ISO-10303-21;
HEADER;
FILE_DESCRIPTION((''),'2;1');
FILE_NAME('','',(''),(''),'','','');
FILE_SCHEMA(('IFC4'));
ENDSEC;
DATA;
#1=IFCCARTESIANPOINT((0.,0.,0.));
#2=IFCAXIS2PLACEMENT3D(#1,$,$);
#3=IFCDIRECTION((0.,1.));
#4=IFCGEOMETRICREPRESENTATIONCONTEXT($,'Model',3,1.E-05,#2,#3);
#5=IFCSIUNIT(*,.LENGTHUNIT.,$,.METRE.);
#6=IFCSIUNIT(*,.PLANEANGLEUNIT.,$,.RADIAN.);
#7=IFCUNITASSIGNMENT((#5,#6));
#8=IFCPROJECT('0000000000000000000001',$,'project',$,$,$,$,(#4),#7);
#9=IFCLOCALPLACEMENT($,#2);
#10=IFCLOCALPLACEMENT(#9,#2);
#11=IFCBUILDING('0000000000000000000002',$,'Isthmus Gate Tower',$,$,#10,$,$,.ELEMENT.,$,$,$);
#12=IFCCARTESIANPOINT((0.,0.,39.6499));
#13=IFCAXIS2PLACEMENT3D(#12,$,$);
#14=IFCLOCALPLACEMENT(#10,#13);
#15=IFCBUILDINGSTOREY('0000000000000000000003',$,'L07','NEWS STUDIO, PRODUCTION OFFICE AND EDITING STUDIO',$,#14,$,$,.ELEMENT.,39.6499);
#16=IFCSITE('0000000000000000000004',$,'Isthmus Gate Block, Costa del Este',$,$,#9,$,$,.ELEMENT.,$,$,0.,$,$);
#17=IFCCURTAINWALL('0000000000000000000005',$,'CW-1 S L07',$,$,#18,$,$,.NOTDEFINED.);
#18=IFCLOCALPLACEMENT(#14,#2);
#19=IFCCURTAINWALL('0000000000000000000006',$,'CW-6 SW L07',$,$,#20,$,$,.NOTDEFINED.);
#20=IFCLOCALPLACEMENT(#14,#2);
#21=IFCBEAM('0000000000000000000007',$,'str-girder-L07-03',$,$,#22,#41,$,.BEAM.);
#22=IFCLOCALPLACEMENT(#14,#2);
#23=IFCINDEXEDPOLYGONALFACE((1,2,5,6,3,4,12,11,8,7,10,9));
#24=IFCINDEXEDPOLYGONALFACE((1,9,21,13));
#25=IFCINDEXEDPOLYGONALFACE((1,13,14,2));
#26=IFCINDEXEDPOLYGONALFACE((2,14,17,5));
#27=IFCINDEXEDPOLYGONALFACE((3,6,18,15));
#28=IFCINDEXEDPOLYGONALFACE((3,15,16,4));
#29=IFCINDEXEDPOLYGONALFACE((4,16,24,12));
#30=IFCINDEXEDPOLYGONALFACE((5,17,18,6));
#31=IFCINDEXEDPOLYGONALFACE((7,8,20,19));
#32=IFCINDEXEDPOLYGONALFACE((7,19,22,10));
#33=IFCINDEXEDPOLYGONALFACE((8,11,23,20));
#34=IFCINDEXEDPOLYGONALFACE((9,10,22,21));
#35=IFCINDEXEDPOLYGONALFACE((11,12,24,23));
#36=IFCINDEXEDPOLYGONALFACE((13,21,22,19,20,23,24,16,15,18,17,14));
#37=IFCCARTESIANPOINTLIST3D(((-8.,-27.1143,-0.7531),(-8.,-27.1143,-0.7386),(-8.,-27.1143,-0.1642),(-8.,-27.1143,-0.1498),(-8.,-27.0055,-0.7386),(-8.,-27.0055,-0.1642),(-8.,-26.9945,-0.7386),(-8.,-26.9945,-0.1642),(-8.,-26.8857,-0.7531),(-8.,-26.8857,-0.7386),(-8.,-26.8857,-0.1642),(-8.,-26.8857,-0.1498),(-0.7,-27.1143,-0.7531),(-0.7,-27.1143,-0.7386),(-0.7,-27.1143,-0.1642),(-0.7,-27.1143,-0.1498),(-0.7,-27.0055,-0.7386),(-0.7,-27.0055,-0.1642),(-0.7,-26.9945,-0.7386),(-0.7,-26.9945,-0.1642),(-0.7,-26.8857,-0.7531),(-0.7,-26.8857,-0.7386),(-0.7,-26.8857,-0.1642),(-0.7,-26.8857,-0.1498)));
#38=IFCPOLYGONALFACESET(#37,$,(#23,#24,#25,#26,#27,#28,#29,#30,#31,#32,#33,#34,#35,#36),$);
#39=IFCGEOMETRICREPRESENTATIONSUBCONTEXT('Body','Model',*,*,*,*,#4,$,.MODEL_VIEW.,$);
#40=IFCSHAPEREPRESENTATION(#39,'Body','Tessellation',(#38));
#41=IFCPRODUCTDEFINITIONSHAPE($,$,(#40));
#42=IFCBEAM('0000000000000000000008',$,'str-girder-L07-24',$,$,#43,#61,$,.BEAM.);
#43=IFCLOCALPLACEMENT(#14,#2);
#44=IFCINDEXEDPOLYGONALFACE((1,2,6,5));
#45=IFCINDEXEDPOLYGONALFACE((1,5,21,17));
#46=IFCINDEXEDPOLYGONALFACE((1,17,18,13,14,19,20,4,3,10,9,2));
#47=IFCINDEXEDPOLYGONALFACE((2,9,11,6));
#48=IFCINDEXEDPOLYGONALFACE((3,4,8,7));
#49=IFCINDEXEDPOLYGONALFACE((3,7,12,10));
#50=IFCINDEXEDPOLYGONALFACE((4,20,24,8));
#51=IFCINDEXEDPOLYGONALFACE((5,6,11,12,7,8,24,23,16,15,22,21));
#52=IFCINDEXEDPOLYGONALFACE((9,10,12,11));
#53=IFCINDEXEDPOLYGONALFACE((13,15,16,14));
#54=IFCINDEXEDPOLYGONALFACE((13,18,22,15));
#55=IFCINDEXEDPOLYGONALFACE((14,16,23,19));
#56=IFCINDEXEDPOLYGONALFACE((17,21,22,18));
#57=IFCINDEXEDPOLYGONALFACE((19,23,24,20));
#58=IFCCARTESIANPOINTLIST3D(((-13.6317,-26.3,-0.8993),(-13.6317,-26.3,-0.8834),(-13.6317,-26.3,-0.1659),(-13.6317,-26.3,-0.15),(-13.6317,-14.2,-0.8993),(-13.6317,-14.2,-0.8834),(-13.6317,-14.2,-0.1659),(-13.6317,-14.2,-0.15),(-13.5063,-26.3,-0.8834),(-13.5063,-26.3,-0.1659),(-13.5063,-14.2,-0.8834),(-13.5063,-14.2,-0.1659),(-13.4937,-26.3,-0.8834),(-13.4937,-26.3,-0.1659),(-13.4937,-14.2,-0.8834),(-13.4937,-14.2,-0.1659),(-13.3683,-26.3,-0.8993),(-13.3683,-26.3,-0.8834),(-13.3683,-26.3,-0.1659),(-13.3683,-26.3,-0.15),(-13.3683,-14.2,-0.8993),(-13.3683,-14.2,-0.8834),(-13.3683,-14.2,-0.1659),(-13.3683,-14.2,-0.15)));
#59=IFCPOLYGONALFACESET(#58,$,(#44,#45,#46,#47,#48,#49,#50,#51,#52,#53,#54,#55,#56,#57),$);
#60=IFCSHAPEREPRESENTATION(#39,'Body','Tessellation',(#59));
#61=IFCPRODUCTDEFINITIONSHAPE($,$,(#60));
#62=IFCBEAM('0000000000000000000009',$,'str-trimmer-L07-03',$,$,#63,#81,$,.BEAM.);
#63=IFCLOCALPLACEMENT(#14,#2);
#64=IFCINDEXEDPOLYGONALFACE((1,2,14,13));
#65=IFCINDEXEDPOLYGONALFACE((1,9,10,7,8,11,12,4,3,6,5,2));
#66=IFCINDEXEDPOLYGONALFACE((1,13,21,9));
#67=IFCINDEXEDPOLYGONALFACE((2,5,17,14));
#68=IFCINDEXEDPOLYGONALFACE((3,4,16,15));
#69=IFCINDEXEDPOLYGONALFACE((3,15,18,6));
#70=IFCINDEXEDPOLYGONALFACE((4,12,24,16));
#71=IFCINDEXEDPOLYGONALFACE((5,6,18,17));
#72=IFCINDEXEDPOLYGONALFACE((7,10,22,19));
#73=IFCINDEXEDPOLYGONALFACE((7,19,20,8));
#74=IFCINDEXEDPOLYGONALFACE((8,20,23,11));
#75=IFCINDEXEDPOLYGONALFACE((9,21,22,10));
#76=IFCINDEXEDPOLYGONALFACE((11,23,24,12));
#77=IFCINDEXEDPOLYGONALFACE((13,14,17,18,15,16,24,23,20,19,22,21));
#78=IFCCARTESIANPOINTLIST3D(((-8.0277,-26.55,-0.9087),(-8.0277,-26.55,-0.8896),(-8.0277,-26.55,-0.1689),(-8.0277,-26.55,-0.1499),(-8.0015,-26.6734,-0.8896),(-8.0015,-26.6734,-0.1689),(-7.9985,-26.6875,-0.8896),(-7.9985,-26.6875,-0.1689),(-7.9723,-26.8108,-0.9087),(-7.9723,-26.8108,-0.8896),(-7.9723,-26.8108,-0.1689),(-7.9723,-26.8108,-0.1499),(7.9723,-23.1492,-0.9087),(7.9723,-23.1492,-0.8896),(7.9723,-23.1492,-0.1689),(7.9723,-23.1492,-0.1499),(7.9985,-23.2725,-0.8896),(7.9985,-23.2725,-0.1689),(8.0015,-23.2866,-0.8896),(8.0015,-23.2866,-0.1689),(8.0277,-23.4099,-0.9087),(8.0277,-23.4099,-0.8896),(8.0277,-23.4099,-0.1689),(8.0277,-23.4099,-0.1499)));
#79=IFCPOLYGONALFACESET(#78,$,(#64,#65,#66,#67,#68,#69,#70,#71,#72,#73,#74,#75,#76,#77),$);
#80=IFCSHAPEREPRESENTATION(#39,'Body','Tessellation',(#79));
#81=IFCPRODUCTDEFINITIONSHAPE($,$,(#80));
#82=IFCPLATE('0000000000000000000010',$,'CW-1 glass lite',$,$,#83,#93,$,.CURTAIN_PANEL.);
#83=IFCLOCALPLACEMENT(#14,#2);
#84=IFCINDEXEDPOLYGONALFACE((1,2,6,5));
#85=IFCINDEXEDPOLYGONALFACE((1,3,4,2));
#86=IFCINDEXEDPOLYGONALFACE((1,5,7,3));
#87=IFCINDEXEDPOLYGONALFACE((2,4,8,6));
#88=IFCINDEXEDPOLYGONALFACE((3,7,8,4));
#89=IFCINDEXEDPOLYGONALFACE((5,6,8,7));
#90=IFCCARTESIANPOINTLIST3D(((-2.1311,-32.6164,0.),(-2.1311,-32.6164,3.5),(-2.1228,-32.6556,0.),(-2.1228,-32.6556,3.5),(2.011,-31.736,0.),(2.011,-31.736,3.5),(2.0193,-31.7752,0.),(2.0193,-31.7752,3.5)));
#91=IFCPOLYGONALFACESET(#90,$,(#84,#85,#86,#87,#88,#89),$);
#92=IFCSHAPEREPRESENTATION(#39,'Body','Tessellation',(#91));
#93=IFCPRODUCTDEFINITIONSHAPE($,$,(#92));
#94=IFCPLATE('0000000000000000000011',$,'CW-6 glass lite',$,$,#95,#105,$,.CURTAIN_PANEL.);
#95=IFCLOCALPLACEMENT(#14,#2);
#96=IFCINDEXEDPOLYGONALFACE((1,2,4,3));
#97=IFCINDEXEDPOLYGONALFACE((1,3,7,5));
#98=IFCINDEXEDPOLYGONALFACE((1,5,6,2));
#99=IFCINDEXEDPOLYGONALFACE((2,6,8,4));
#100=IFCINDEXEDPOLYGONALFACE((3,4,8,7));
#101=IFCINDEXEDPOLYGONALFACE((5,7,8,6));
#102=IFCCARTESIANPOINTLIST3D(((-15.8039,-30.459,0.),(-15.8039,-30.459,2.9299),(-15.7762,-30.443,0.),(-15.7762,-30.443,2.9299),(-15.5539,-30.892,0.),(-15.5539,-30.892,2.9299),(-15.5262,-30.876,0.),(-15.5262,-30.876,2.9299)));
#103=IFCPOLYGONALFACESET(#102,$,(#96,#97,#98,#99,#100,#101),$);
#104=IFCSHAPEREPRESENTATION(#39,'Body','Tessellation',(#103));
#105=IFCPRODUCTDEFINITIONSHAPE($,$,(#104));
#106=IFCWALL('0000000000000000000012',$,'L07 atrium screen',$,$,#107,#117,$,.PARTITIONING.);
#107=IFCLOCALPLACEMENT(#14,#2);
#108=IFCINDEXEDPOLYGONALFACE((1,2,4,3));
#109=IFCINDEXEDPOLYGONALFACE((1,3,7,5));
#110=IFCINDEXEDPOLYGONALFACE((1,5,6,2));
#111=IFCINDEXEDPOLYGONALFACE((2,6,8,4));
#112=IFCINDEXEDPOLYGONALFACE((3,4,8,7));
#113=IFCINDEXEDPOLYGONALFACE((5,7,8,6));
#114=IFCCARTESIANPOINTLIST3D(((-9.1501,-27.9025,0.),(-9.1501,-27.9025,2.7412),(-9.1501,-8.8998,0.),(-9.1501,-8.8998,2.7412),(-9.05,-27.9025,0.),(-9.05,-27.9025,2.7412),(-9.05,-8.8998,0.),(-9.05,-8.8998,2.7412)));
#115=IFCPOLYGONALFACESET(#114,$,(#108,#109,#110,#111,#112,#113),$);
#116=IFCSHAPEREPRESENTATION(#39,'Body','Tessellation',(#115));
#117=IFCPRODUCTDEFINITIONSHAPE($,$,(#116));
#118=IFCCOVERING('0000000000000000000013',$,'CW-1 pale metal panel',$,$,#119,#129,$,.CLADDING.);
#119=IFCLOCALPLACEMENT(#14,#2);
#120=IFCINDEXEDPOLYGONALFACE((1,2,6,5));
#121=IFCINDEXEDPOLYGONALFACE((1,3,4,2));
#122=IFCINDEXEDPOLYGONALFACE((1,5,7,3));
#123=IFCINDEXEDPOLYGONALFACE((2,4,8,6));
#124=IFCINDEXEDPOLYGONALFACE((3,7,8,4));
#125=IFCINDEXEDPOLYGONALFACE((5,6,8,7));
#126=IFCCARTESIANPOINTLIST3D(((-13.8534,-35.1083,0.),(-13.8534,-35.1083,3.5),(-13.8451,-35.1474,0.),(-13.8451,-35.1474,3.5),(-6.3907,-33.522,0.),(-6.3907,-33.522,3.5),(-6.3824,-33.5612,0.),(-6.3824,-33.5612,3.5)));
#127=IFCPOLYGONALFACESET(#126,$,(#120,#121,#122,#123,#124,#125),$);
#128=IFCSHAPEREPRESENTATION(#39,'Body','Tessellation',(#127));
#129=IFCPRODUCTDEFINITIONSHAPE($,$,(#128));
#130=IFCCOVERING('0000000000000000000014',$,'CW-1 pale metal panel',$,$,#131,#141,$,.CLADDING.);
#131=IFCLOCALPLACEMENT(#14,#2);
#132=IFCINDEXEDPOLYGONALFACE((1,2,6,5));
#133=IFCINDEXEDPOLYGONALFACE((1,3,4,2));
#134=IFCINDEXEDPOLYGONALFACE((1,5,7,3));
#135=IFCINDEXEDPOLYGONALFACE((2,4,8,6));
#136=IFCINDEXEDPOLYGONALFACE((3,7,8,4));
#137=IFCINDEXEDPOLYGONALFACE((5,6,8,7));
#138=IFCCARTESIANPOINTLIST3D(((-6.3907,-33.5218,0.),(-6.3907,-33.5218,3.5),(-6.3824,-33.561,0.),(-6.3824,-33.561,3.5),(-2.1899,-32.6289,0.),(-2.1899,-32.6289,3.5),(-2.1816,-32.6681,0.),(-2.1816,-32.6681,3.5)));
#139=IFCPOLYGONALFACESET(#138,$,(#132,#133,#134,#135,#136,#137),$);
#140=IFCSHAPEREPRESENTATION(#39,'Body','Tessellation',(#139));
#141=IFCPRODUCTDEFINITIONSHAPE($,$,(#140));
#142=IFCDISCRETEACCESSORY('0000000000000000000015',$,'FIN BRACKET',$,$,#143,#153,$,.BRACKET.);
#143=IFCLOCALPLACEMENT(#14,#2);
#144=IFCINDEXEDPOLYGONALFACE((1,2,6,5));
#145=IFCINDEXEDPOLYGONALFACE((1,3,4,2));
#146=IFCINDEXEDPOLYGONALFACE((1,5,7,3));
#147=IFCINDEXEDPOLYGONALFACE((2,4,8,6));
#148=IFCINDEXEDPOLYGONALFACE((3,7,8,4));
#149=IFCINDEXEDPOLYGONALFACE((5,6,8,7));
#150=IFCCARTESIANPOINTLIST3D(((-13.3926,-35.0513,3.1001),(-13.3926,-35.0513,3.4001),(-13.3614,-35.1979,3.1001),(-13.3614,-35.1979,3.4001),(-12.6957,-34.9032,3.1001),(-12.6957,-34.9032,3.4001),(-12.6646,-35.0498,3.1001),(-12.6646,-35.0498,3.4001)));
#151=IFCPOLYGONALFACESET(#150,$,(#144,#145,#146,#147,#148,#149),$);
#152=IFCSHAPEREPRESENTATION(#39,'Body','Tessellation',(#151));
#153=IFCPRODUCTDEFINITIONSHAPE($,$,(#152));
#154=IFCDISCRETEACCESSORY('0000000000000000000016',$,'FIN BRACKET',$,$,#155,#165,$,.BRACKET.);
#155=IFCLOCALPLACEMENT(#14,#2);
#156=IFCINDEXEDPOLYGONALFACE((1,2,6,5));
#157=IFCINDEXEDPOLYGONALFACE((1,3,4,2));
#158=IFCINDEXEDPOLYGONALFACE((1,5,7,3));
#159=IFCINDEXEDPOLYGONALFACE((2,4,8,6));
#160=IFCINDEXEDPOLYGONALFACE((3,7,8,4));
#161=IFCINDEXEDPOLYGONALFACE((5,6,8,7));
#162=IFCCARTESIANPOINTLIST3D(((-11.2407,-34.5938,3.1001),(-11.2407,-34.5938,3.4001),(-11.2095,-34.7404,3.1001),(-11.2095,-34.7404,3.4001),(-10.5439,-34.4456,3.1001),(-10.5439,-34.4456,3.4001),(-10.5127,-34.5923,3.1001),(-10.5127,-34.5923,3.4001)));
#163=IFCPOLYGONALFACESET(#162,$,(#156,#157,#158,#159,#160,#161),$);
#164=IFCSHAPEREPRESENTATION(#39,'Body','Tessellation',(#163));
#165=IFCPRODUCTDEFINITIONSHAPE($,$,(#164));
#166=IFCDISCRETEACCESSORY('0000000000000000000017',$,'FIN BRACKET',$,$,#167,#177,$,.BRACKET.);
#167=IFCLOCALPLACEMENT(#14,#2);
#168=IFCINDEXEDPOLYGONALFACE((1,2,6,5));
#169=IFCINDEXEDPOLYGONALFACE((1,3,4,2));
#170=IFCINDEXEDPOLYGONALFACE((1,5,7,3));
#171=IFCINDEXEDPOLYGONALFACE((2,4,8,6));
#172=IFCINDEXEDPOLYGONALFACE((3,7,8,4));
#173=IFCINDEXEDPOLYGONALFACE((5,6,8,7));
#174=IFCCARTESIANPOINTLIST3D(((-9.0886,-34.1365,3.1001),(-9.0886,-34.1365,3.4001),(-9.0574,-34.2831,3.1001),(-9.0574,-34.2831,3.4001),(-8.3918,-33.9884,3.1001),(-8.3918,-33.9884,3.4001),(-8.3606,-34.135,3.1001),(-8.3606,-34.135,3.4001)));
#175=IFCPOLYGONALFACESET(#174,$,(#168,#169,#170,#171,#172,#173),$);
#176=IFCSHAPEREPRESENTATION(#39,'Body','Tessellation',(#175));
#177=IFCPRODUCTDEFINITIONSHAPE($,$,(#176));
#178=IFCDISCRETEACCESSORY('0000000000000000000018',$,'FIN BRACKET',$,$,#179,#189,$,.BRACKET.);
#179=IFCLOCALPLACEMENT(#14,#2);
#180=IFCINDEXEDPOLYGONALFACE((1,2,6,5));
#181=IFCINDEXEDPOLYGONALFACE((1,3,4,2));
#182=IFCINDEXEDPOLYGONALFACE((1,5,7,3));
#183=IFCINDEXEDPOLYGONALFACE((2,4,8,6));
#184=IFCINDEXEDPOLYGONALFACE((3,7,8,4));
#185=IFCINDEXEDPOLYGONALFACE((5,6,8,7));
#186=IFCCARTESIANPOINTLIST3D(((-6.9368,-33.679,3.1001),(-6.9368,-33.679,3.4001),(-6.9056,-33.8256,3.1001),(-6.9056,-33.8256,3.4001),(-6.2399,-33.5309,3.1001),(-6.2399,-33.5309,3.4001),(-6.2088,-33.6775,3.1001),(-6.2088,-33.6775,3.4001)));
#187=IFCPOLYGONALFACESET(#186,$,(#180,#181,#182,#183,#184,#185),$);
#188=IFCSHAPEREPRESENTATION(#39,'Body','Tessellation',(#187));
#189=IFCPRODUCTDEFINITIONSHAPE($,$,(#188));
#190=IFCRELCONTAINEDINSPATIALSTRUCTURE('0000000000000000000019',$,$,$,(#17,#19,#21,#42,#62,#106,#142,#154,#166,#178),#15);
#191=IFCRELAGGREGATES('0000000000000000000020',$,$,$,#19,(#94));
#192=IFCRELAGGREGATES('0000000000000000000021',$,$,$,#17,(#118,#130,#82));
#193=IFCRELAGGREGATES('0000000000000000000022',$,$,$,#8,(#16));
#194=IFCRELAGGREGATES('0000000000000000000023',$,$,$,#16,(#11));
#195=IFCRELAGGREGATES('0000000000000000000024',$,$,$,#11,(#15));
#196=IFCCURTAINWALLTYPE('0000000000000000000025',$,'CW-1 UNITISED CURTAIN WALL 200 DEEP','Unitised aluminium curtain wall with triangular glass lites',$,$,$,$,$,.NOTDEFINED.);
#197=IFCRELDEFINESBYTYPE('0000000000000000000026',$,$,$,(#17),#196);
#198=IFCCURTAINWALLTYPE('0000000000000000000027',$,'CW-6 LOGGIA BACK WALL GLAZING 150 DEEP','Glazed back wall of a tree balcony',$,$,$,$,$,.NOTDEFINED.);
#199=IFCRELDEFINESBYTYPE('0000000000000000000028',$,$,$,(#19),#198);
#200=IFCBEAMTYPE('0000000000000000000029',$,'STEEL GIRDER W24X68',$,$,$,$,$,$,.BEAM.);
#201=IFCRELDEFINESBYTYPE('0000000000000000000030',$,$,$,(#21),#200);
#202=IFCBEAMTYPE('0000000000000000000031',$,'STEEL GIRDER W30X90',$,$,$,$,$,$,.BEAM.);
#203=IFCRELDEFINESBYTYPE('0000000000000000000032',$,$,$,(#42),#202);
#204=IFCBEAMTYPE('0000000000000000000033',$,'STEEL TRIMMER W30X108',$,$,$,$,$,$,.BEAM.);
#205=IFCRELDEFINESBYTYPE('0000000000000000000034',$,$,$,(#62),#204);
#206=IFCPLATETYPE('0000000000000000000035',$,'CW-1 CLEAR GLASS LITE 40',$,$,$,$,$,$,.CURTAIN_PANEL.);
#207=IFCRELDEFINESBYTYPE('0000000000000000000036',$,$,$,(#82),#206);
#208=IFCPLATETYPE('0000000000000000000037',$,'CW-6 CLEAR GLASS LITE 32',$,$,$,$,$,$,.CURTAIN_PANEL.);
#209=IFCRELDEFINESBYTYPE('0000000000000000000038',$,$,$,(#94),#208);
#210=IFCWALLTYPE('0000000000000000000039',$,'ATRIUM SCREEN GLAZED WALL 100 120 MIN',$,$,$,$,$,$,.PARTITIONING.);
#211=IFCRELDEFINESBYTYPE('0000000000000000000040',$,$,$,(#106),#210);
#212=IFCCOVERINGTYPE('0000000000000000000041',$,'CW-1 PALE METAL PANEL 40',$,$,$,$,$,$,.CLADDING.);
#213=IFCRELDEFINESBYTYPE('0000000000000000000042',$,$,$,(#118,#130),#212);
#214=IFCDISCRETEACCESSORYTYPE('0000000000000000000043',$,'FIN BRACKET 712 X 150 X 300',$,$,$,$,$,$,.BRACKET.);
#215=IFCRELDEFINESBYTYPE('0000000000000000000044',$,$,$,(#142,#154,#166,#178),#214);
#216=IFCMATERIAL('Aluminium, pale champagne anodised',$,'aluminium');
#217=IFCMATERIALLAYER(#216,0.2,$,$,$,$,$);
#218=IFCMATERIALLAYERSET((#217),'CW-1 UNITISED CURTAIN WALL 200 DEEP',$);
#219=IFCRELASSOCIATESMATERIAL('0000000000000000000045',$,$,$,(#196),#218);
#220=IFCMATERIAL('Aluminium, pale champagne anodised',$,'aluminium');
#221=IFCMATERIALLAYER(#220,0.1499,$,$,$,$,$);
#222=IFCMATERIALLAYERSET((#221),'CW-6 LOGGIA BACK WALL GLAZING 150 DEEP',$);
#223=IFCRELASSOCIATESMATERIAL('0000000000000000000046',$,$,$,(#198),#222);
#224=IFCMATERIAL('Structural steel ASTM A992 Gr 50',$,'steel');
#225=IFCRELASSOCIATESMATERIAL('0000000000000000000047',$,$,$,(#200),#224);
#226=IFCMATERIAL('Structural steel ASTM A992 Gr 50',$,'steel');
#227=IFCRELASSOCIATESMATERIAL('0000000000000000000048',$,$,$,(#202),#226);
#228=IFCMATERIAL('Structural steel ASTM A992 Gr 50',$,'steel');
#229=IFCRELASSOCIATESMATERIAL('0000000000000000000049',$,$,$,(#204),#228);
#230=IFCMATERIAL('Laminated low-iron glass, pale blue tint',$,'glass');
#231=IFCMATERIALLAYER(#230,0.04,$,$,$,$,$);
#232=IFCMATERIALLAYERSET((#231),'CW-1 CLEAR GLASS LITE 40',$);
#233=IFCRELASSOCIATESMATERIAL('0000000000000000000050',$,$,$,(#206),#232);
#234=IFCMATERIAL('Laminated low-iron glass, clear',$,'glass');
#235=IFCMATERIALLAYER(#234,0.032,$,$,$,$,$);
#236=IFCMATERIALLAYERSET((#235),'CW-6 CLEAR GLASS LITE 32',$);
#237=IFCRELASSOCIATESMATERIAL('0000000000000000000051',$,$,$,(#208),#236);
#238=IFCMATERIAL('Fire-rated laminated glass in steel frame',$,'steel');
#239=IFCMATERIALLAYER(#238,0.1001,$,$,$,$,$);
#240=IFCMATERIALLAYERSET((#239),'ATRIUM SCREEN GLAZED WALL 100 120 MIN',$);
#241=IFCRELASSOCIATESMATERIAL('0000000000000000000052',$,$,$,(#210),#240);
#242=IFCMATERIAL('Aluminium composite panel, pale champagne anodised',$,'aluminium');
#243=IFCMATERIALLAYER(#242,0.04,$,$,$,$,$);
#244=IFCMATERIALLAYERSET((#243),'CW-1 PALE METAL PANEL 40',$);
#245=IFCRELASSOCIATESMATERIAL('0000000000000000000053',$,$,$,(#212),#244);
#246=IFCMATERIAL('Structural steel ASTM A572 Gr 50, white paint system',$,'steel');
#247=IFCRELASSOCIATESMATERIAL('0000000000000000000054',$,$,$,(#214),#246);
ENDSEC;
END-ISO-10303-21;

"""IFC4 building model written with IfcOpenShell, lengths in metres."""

from ifc_helpers import new_model, si_unit, direction, frame, frame_2d, origin, origin_2d, place, context, subcontext, project, spatial, rectangle, i_section, extrude, material, layer, layer_set, material_profile, profile_set, type_object, element, aggregate, save


model = new_model("IFC4")

# Units and contexts
model_context = context("Model", 3, precision=1e-05, world=origin(), true_north=direction((0.0, 1.0)))
body_context = subcontext(model_context, "Body", "Model", "MODEL_VIEW")
ifc_project = project(units=[si_unit("LENGTHUNIT", "METRE"), si_unit("PLANEANGLEUNIT", "RADIAN")], contexts=[model_context])

# Site, building, storey
site_placement = place(None, origin())
site = spatial("IfcSite", under=ifc_project, at=site_placement, Name="Isthmus Gate Block, Costa del Este", CompositionType="ELEMENT", RefElevation=0.0)
building_placement = place(site_placement, origin())
building = spatial("IfcBuilding", under=site, at=building_placement, Name="Isthmus Gate Tower", CompositionType="ELEMENT")
storey_placement = place(building_placement, frame((0.0, 0.0, 39.6499)))
storey = spatial("IfcBuildingStorey", under=building, at=storey_placement, Name="L07", Description="NEWS STUDIO, PRODUCTION OFFICE AND EDITING STUDIO", CompositionType="ELEMENT", Elevation=39.6499)

# Curtain wall
ifc_material_1 = material(Name="Aluminium, pale champagne anodised", Category="aluminium")
ifc_layer_1 = layer(ifc_material_1, 0.2)
ifc_layer_set_1 = layer_set([ifc_layer_1], Name="CW-1 UNITISED CURTAIN WALL 200 DEEP")
curtain_wall_type_1 = type_object("IfcCurtainWallType", Name="CW-1 UNITISED CURTAIN WALL 200 DEEP", Description="Unitised aluminium curtain wall with triangular glass lites", PredefinedType="NOTDEFINED", material=ifc_layer_set_1)
curtain_wall_1_placement = place(storey_placement, origin())
curtain_wall_1 = element("IfcCurtainWall", 1, at=curtain_wall_1_placement, inside=storey, type_object=curtain_wall_type_1, Name="CW-1 S L07", PredefinedType="NOTDEFINED")

# Curtain wall
ifc_material_2 = material(Name="Aluminium, pale champagne anodised", Category="aluminium")
ifc_layer_2 = layer(ifc_material_2, 0.1499)
ifc_layer_set_2 = layer_set([ifc_layer_2], Name="CW-6 LOGGIA BACK WALL GLAZING 150 DEEP")
curtain_wall_type_2 = type_object("IfcCurtainWallType", Name="CW-6 LOGGIA BACK WALL GLAZING 150 DEEP", Description="Glazed back wall of a tree balcony", PredefinedType="NOTDEFINED", material=ifc_layer_set_2)
curtain_wall_2_placement = place(storey_placement, origin())
curtain_wall_2 = element("IfcCurtainWall", 2, at=curtain_wall_2_placement, inside=storey, type_object=curtain_wall_type_2, Name="CW-6 SW L07", PredefinedType="NOTDEFINED")

# Beams
ifc_material_3 = material(Name="Structural steel ASTM A992 Gr 50", Category="steel")
ifc_material_profile_1 = material_profile(ifc_material_3, i_section(OverallWidth=0.2285, OverallDepth=0.6033, WebThickness=0.011, FlangeThickness=0.0144, at=origin_2d()), Name="W24X68")
ifc_profile_set_1 = profile_set([ifc_material_profile_1], Name="Structural steel ASTM A992 Gr 50")
beam_type_1 = type_object("IfcBeamType", Name="STEEL GIRDER W24X68", PredefinedType="BEAM", material=ifc_profile_set_1)
beam_1_placement = place(storey_placement, frame((-8.0, -27.0, -0.4514), z_axis=(1.0, 0.0, 0.0), x_axis=(0.0, 1.0, 0.0)))
element("IfcBeam", 3, at=beam_1_placement, inside=storey, type_object=beam_type_1, Name="str-girder-L07-03", PredefinedType="BEAM", context=body_context, shape_type="SweptSolid", body=[
    extrude(i_section(OverallWidth=0.2285, OverallDepth=0.6033, WebThickness=0.011, FlangeThickness=0.0144, at=origin_2d()), origin(), (0.0, 0.0, 1.0), 7.3),
])
ifc_material_4 = material(Name="Structural steel ASTM A992 Gr 50", Category="steel")
ifc_material_profile_2 = material_profile(ifc_material_4, i_section(OverallWidth=0.2634, OverallDepth=0.7493, WebThickness=0.0127, FlangeThickness=0.0159, at=origin_2d()), Name="W30X90")
ifc_profile_set_2 = profile_set([ifc_material_profile_2], Name="Structural steel ASTM A992 Gr 50")
beam_type_2 = type_object("IfcBeamType", Name="STEEL GIRDER W30X90", PredefinedType="BEAM", material=ifc_profile_set_2)
beam_2_placement = place(storey_placement, frame((-13.5, -26.3, -0.5247), z_axis=(0.0, 1.0, 0.0), x_axis=(-1.0, 0.0, 0.0)))
element("IfcBeam", 4, at=beam_2_placement, inside=storey, type_object=beam_type_2, Name="str-girder-L07-24", PredefinedType="BEAM", context=body_context, shape_type="SweptSolid", body=[
    extrude(i_section(OverallWidth=0.2634, OverallDepth=0.7493, WebThickness=0.0127, FlangeThickness=0.0159, at=origin_2d()), origin(), (0.0, 0.0, 1.0), 12.1001),
])
ifc_material_5 = material(Name="Structural steel ASTM A992 Gr 50", Category="steel")
ifc_material_profile_3 = material_profile(ifc_material_5, i_section(OverallWidth=0.2666, OverallDepth=0.7588, WebThickness=0.0144, FlangeThickness=0.019, at=origin_2d()), Name="W30X108")
ifc_profile_set_3 = profile_set([ifc_material_profile_3], Name="Structural steel ASTM A992 Gr 50")
beam_type_3 = type_object("IfcBeamType", Name="STEEL TRIMMER W30X108", PredefinedType="BEAM", material=ifc_profile_set_3)
beam_3_placement = place(storey_placement, frame((-8.0, -26.6804, -0.5293), z_axis=(0.978148, 0.20791, 0.0), x_axis=(-0.20791, 0.978148, 0.0)))
element("IfcBeam", 5, at=beam_3_placement, inside=storey, type_object=beam_type_3, Name="str-trimmer-L07-03", PredefinedType="BEAM", context=body_context, shape_type="SweptSolid", body=[
    extrude(i_section(OverallWidth=0.2666, OverallDepth=0.7588, WebThickness=0.0144, FlangeThickness=0.019, at=origin_2d()), origin(), (0.0, 0.0, 1.0), 16.3574),
])

# Plates
ifc_material_6 = material(Name="Laminated low-iron glass, pale blue tint", Category="glass")
ifc_layer_3 = layer(ifc_material_6, 0.04)
ifc_layer_set_3 = layer_set([ifc_layer_3], Name="CW-1 CLEAR GLASS LITE 40")
plate_type_1 = type_object("IfcPlateType", Name="CW-1 CLEAR GLASS LITE 40", PredefinedType="CURTAIN_PANEL", material=ifc_layer_set_3)
plate_1_placement = place(storey_placement, frame((-0.0559, -32.1958, 0.0), z_axis=(0.0, 0.0, 1.0), x_axis=(0.978148, 0.207912, 0.0)))
plate_1 = element("IfcPlate", 6, at=plate_1_placement, type_object=plate_type_1, Name="CW-1 glass lite", PredefinedType="CURTAIN_PANEL", context=body_context, shape_type="SweptSolid", body=[
    extrude(rectangle(XDim=4.2346, YDim=0.04, at=origin_2d()), origin(), (0.0, 0.0, 1.0), 3.5),
])
ifc_material_7 = material(Name="Laminated low-iron glass, clear", Category="glass")
ifc_layer_4 = layer(ifc_material_7, 0.032)
ifc_layer_set_4 = layer_set([ifc_layer_4], Name="CW-6 CLEAR GLASS LITE 32")
plate_type_2 = type_object("IfcPlateType", Name="CW-6 CLEAR GLASS LITE 32", PredefinedType="CURTAIN_PANEL", material=ifc_layer_set_4)
plate_2_placement = place(storey_placement, frame((-15.665, -30.6675, 0.0), z_axis=(0.0, 0.0, 1.0), x_axis=(0.5, -0.866025, 0.0)))
plate_2 = element("IfcPlate", 7, at=plate_2_placement, type_object=plate_type_2, Name="CW-6 glass lite", PredefinedType="CURTAIN_PANEL", context=body_context, shape_type="SweptSolid", body=[
    extrude(rectangle(XDim=0.5, YDim=0.032, at=origin_2d()), origin(), (0.0, 0.0, 1.0), 2.9299),
])
aggregate(curtain_wall_2, [plate_2])

# Wall
ifc_material_8 = material(Name="Fire-rated laminated glass in steel frame", Category="steel")
ifc_layer_5 = layer(ifc_material_8, 0.1001)
ifc_layer_set_5 = layer_set([ifc_layer_5], Name="ATRIUM SCREEN GLAZED WALL 100 120 MIN")
wall_type = type_object("IfcWallType", Name="ATRIUM SCREEN GLAZED WALL 100 120 MIN", PredefinedType="PARTITIONING", material=ifc_layer_set_5)
wall_placement = place(storey_placement, frame((-9.1001, -27.9026, 0.0), z_axis=(0.0, 0.0, 1.0), x_axis=(0.0, 1.0, 0.0)))
element("IfcWall", 8, at=wall_placement, inside=storey, type_object=wall_type, Name="L07 atrium screen", PredefinedType="PARTITIONING", context=body_context, shape_type="SweptSolid", body=[
    extrude(rectangle(XDim=19.0027, YDim=0.1001, at=frame_2d((9.5015, 0.0))), origin(), (0.0, 0.0, 1.0), 2.7412),
])

# Coverings
ifc_material_9 = material(Name="Aluminium composite panel, pale champagne anodised", Category="aluminium")
ifc_layer_6 = layer(ifc_material_9, 0.04)
ifc_layer_set_6 = layer_set([ifc_layer_6], Name="CW-1 PALE METAL PANEL 40")
covering_type = type_object("IfcCoveringType", Name="CW-1 PALE METAL PANEL 40", PredefinedType="CLADDING", material=ifc_layer_set_6)
covering_1_placement = place(storey_placement, frame((-10.1179, -34.3347, 0.0), z_axis=(0.0, 0.0, 1.0), x_axis=(0.978148, 0.207912, 0.0)))
covering_1 = element("IfcCovering", 9, at=covering_1_placement, type_object=covering_type, Name="CW-1 pale metal panel", PredefinedType="CLADDING", context=body_context, shape_type="SweptSolid", body=[
    extrude(rectangle(XDim=7.6294, YDim=0.04, at=origin_2d()), origin(), (0.0, 0.0, 1.0), 3.5),
])
covering_2_placement = place(storey_placement, frame((-4.2861, -33.095, 0.0), z_axis=(0.0, 0.0, 1.0), x_axis=(0.978148, 0.207912, 0.0)))
covering_2 = element("IfcCovering", 10, at=covering_2_placement, type_object=covering_type, Name="CW-1 pale metal panel", PredefinedType="CLADDING", context=body_context, shape_type="SweptSolid", body=[
    extrude(rectangle(XDim=4.2947, YDim=0.04, at=origin_2d()), origin(), (0.0, 0.0, 1.0), 3.5),
])
aggregate(curtain_wall_1, [covering_1, covering_2, plate_1])

# Discrete accessories
ifc_material_10 = material(Name="Structural steel ASTM A572 Gr 50, white paint system", Category="steel")
discrete_accessory_type = type_object("IfcDiscreteAccessoryType", Name="FIN BRACKET 712 X 150 X 300", PredefinedType="BRACKET", material=ifc_material_10)
for number, where, z_axis, x_axis, name in (
    (11, (-13.0286, -35.0505, 3.1001), (0.0, 0.0, 1.0), (0.207912, -0.978148, 0.0), "FIN BRACKET"),
    (12, (-10.8767, -34.593, 3.1001), (0.0, 0.0, 1.0), (0.207912, -0.978148, 0.0), "FIN BRACKET"),
    (13, (-8.7246, -34.1357, 3.1001), (0.0, 0.0, 1.0), (0.207912, -0.978148, 0.0), "FIN BRACKET"),
    (14, (-6.5728, -33.6782, 3.1001), (0.0, 0.0, 1.0), (0.207912, -0.978148, 0.0), "FIN BRACKET"),
):
    element("IfcDiscreteAccessory", number, at=place(storey_placement, frame(where, z_axis=z_axis, x_axis=x_axis)), inside=storey, type_object=discrete_accessory_type, Name=name, PredefinedType="BRACKET", context=body_context, shape_type="SweptSolid", body=[
        extrude(rectangle(XDim=0.1499, YDim=0.7124, at=origin_2d()), origin(), (0.0, 0.0, 1.0), 0.3),
    ])

save(model, "model.ifc")
